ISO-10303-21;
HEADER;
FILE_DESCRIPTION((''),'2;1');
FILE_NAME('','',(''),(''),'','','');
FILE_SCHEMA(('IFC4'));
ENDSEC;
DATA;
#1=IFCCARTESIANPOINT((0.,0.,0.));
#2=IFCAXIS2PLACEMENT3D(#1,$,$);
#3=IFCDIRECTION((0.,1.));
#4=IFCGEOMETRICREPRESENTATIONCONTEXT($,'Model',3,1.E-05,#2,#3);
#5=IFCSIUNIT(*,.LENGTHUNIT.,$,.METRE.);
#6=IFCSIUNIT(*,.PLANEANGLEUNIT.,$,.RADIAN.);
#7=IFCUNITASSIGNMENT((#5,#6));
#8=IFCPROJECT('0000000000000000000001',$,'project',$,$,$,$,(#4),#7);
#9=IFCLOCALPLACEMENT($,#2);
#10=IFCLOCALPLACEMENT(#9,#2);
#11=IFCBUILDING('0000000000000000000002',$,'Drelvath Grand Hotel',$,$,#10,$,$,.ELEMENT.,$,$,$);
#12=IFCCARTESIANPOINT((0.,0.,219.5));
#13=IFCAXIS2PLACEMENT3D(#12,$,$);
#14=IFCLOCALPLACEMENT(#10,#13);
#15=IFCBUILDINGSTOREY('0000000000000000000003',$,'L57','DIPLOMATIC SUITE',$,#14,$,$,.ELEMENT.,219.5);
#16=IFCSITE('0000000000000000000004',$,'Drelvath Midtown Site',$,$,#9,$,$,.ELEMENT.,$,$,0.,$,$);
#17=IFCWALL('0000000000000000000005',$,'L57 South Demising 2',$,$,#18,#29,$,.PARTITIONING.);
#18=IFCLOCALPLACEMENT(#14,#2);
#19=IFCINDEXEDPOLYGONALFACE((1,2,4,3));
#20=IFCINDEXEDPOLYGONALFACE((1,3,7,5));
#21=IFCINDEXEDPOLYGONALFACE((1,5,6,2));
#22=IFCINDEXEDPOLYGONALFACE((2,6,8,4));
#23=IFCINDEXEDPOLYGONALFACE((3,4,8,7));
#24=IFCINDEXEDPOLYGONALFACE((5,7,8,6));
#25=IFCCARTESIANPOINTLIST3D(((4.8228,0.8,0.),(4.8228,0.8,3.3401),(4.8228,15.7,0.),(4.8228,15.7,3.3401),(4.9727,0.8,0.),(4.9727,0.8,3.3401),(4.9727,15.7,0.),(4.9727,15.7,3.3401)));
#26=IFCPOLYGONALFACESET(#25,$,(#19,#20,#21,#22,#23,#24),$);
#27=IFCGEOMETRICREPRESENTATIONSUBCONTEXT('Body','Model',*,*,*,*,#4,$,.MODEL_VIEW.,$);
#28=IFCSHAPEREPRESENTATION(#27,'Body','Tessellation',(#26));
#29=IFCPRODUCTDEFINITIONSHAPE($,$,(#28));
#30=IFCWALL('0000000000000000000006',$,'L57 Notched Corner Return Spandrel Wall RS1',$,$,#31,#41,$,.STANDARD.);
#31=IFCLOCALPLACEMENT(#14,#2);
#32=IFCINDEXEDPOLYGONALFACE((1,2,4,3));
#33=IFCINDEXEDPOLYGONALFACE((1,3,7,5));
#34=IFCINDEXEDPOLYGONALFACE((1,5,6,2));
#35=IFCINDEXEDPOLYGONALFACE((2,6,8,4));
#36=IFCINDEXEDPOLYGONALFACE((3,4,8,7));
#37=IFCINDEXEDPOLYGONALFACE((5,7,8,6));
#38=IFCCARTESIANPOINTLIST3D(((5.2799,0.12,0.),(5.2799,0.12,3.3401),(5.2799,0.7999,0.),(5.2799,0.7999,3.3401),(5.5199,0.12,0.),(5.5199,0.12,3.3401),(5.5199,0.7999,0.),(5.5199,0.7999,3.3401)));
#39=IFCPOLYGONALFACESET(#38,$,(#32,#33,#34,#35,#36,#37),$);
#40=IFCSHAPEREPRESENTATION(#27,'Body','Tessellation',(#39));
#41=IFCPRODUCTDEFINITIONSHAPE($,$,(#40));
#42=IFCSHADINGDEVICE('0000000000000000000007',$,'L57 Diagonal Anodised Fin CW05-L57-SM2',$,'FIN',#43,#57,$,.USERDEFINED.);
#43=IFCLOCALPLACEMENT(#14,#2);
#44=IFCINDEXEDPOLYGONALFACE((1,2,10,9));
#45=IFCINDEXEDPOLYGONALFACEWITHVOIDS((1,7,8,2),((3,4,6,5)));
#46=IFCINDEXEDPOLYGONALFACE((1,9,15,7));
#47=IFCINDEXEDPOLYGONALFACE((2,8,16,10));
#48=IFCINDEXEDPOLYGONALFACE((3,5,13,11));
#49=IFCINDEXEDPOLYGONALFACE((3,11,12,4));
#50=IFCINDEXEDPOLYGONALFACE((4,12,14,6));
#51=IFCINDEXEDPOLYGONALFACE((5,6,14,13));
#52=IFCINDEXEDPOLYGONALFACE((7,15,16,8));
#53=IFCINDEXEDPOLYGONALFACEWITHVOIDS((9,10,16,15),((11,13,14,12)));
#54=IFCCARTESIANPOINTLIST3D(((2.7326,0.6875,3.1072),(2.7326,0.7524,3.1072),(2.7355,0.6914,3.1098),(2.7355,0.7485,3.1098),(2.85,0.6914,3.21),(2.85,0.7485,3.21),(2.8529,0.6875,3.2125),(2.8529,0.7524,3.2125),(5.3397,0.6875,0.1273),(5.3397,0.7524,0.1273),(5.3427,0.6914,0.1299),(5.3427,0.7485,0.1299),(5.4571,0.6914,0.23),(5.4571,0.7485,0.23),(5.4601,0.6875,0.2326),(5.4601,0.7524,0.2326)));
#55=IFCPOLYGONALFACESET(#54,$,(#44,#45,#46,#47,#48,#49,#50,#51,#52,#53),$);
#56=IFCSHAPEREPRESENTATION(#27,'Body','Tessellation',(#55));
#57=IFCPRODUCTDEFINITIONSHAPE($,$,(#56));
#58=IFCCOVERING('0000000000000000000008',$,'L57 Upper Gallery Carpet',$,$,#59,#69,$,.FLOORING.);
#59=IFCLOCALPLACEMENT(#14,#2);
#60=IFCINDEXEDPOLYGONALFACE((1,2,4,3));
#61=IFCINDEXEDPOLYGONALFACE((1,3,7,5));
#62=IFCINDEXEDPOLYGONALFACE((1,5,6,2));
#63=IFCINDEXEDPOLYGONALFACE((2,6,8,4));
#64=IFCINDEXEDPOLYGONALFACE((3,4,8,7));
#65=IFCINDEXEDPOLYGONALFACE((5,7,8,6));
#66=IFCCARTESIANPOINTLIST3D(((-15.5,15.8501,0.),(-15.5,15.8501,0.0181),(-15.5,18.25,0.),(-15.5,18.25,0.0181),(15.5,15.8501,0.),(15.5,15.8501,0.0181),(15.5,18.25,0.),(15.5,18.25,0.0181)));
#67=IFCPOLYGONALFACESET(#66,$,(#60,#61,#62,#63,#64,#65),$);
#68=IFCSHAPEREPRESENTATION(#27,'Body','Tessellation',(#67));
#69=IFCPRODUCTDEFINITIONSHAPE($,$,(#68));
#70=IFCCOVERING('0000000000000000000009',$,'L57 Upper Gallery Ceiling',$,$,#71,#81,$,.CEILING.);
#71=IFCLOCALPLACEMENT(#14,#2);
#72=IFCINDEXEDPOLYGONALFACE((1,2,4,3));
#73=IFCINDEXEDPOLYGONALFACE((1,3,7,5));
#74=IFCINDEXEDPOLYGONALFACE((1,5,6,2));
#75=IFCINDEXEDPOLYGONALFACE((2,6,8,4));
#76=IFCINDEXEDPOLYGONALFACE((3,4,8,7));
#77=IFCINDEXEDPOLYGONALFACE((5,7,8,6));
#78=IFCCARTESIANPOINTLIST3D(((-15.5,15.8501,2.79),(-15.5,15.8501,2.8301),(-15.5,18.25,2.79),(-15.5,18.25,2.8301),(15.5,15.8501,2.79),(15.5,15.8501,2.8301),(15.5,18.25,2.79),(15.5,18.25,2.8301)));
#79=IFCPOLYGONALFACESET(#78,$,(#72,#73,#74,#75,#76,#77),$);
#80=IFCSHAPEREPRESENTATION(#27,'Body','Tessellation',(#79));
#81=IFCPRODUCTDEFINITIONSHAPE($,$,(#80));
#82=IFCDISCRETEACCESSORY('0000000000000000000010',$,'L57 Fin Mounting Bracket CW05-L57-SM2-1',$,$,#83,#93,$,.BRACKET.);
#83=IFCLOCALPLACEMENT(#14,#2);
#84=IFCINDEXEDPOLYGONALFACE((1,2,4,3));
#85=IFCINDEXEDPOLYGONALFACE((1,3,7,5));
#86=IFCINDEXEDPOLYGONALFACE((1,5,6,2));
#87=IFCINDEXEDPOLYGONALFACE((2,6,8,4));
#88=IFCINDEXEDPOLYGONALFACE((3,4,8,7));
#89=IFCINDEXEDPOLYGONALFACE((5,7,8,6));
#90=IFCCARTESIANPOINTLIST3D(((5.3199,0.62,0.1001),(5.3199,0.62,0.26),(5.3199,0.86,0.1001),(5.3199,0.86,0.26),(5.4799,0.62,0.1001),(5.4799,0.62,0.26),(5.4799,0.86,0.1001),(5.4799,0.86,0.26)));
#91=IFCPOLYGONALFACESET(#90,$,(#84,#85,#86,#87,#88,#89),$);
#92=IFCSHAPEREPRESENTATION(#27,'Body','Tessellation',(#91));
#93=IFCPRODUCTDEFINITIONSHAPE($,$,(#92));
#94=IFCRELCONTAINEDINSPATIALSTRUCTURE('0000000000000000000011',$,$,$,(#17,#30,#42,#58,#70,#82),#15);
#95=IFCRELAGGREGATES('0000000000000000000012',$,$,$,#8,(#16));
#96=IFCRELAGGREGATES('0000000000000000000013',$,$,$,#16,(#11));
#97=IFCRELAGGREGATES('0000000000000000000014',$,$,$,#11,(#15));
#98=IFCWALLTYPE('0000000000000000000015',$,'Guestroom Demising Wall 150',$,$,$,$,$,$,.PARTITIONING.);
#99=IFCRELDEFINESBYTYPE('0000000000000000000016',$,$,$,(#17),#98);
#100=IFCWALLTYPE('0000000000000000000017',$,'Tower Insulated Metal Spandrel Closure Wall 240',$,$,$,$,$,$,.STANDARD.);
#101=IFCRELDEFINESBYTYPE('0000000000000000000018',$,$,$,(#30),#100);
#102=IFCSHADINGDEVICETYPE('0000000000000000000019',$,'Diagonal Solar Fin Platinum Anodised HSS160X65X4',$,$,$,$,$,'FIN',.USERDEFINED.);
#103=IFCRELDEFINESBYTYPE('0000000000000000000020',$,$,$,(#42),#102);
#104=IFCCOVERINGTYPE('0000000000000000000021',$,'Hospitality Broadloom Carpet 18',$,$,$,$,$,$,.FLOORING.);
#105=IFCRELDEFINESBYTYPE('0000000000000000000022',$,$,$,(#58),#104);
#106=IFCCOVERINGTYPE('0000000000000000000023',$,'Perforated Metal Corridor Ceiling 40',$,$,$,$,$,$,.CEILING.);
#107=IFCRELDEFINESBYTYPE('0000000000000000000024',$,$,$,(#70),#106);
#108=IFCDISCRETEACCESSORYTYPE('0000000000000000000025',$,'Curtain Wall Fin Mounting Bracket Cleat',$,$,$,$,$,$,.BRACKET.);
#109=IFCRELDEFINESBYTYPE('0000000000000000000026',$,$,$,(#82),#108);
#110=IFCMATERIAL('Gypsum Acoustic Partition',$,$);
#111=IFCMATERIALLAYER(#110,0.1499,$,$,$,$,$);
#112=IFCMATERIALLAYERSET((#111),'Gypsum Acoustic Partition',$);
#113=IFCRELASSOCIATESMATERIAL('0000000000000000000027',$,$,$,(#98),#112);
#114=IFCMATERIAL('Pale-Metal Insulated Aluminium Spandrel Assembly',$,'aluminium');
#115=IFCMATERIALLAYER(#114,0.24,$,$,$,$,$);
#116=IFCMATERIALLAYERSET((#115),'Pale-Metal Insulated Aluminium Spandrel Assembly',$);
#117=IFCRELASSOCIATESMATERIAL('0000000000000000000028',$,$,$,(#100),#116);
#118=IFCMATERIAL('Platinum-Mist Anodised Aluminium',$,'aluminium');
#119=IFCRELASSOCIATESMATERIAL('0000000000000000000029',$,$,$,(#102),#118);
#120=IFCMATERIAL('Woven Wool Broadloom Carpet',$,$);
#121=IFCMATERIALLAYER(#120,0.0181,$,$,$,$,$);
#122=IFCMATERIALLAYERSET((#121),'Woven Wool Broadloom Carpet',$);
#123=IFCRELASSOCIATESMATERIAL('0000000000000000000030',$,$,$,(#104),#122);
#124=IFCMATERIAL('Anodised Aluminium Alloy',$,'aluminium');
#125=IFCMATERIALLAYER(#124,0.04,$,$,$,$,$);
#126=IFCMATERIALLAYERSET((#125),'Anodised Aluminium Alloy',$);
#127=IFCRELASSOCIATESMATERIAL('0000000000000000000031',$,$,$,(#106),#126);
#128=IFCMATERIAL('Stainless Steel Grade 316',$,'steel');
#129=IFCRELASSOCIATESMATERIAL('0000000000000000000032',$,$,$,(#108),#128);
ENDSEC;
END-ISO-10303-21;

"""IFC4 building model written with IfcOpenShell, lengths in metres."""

from ifc_helpers import new_model, si_unit, direction, frame, frame_2d, origin, origin_2d, place, context, subcontext, project, spatial, polyline, rectangle, hollow_rectangle, outline, extrude, material, layer, layer_set, material_profile, profile_set, type_object, element, save


model = new_model("IFC4")

# Units and contexts
model_context = context("Model", 3, precision=1e-05, world=origin(), true_north=direction((0.0, 1.0)))
body_context = subcontext(model_context, "Body", "Model", "MODEL_VIEW")
ifc_project = project(units=[si_unit("LENGTHUNIT", "METRE"), si_unit("PLANEANGLEUNIT", "RADIAN")], contexts=[model_context])

# Site, building, storey
site_placement = place(None, origin())
site = spatial("IfcSite", under=ifc_project, at=site_placement, Name="Drelvath Midtown Site", CompositionType="ELEMENT", RefElevation=0.0)
building_placement = place(site_placement, origin())
building = spatial("IfcBuilding", under=site, at=building_placement, Name="Drelvath Grand Hotel", CompositionType="ELEMENT")
storey_placement = place(building_placement, frame((0.0, 0.0, 219.5)))
storey = spatial("IfcBuildingStorey", under=building, at=storey_placement, Name="L57", Description="DIPLOMATIC SUITE", CompositionType="ELEMENT", Elevation=219.5)

# Walls
ifc_material_1 = material(Name="Gypsum Acoustic Partition")
ifc_layer_1 = layer(ifc_material_1, 0.1499)
ifc_layer_set_1 = layer_set([ifc_layer_1], Name="Gypsum Acoustic Partition")
wall_type_1 = type_object("IfcWallType", Name="Guestroom Demising Wall 150", PredefinedType="PARTITIONING", material=ifc_layer_set_1)
wall_1_placement = place(storey_placement, frame((4.8977, 0.8, 0.0), z_axis=(0.0, 0.0, 1.0), x_axis=(0.0, 1.0, 0.0)))
element("IfcWall", 1, at=wall_1_placement, inside=storey, type_object=wall_type_1, Name="L57 South Demising 2", PredefinedType="PARTITIONING", context=body_context, shape_type="SweptSolid", body=[
    extrude(rectangle(XDim=14.8999, YDim=0.1499, at=frame_2d((7.45, 0.0))), origin(), (0.0, 0.0, 1.0), 3.3401),
])
ifc_material_2 = material(Name="Pale-Metal Insulated Aluminium Spandrel Assembly", Category="aluminium")
ifc_layer_2 = layer(ifc_material_2, 0.24)
ifc_layer_set_2 = layer_set([ifc_layer_2], Name="Pale-Metal Insulated Aluminium Spandrel Assembly")
wall_type_2 = type_object("IfcWallType", Name="Tower Insulated Metal Spandrel Closure Wall 240", PredefinedType="STANDARD", material=ifc_layer_set_2)
wall_2_placement = place(storey_placement, frame((5.3999, 0.1201, 0.0), z_axis=(0.0, 0.0, 1.0), x_axis=(0.0, 1.0, 0.0)))
element("IfcWall", 2, at=wall_2_placement, inside=storey, type_object=wall_type_2, Name="L57 Notched Corner Return Spandrel Wall RS1", PredefinedType="STANDARD", context=body_context, shape_type="SweptSolid", body=[
    extrude(rectangle(XDim=0.6799, YDim=0.24, at=frame_2d((0.3398, 0.0))), origin(), (0.0, 0.0, 1.0), 3.3401),
])

# Shading device
ifc_material_3 = material(Name="Platinum-Mist Anodised Aluminium", Category="aluminium")
ifc_material_profile_1 = material_profile(ifc_material_3, hollow_rectangle(XDim=0.0649, YDim=0.1599, WallThickness=0.0039, at=origin_2d()), Name="HSS160X65X4")
ifc_profile_set_1 = profile_set([ifc_material_profile_1], Name="Platinum-Mist Anodised Aluminium")
shading_device_type = type_object("IfcShadingDeviceType", Name="Diagonal Solar Fin Platinum Anodised HSS160X65X4", ElementType="FIN", PredefinedType="USERDEFINED", material=ifc_profile_set_1)
shading_device_placement = place(storey_placement, frame((5.3999, 0.72, 0.1799), z_axis=(-0.658461, 0.0, 0.752615), x_axis=(0.0, -1.0, 0.0)))
element("IfcShadingDevice", 3, at=shading_device_placement, inside=storey, type_object=shading_device_type, Name="L57 Diagonal Anodised Fin CW05-L57-SM2", ObjectType="FIN", PredefinedType="USERDEFINED", context=body_context, shape_type="SweptSolid", body=[
    extrude(hollow_rectangle(XDim=0.0649, YDim=0.1599, WallThickness=0.0039, at=origin_2d()), origin(), (0.0, 0.0, 1.0), 3.9595),
])

# Coverings
ifc_material_4 = material(Name="Woven Wool Broadloom Carpet")
ifc_layer_3 = layer(ifc_material_4, 0.0181)
ifc_layer_set_3 = layer_set([ifc_layer_3], Name="Woven Wool Broadloom Carpet")
covering_type_1 = type_object("IfcCoveringType", Name="Hospitality Broadloom Carpet 18", PredefinedType="FLOORING", material=ifc_layer_set_3)
covering_1_placement = place(storey_placement, origin())
element("IfcCovering", 4, at=covering_1_placement, inside=storey, type_object=covering_type_1, Name="L57 Upper Gallery Carpet", PredefinedType="FLOORING", context=body_context, shape_type="SweptSolid", body=[
    extrude(outline(polyline([(15.5, 15.8501), (15.5, 18.25), (-15.5, 18.25), (-15.5, 15.8501), (15.5, 15.8501)])), origin(), (0.0, 0.0, 1.0), 0.0181),
])
ifc_material_5 = material(Name="Anodised Aluminium Alloy", Category="aluminium")
ifc_layer_4 = layer(ifc_material_5, 0.04)
ifc_layer_set_4 = layer_set([ifc_layer_4], Name="Anodised Aluminium Alloy")
covering_type_2 = type_object("IfcCoveringType", Name="Perforated Metal Corridor Ceiling 40", PredefinedType="CEILING", material=ifc_layer_set_4)
covering_2_placement = place(storey_placement, frame((0.0, 0.0, 2.79)))
element("IfcCovering", 5, at=covering_2_placement, inside=storey, type_object=covering_type_2, Name="L57 Upper Gallery Ceiling", PredefinedType="CEILING", context=body_context, shape_type="SweptSolid", body=[
    extrude(outline(polyline([(15.5, 15.8501), (15.5, 18.25), (-15.5, 18.25), (-15.5, 15.8501), (15.5, 15.8501)])), origin(), (0.0, 0.0, 1.0), 0.04),
])

# Discrete accessory
ifc_material_6 = material(Name="Stainless Steel Grade 316", Category="steel")
discrete_accessory_type = type_object("IfcDiscreteAccessoryType", Name="Curtain Wall Fin Mounting Bracket Cleat", PredefinedType="BRACKET", material=ifc_material_6)
discrete_accessory_placement = place(storey_placement, frame((5.3999, 0.74, 0.1001), z_axis=(0.0, 0.0, 1.0), x_axis=(-1.0, 0.0, 0.0)))
element("IfcDiscreteAccessory", 6, at=discrete_accessory_placement, inside=storey, type_object=discrete_accessory_type, Name="L57 Fin Mounting Bracket CW05-L57-SM2-1", PredefinedType="BRACKET", context=body_context, shape_type="SweptSolid", body=[
    extrude(rectangle(XDim=0.1599, YDim=0.24, at=origin_2d()), origin(), (0.0, 0.0, 1.0), 0.1599),
])

save(model, "model.ifc")
